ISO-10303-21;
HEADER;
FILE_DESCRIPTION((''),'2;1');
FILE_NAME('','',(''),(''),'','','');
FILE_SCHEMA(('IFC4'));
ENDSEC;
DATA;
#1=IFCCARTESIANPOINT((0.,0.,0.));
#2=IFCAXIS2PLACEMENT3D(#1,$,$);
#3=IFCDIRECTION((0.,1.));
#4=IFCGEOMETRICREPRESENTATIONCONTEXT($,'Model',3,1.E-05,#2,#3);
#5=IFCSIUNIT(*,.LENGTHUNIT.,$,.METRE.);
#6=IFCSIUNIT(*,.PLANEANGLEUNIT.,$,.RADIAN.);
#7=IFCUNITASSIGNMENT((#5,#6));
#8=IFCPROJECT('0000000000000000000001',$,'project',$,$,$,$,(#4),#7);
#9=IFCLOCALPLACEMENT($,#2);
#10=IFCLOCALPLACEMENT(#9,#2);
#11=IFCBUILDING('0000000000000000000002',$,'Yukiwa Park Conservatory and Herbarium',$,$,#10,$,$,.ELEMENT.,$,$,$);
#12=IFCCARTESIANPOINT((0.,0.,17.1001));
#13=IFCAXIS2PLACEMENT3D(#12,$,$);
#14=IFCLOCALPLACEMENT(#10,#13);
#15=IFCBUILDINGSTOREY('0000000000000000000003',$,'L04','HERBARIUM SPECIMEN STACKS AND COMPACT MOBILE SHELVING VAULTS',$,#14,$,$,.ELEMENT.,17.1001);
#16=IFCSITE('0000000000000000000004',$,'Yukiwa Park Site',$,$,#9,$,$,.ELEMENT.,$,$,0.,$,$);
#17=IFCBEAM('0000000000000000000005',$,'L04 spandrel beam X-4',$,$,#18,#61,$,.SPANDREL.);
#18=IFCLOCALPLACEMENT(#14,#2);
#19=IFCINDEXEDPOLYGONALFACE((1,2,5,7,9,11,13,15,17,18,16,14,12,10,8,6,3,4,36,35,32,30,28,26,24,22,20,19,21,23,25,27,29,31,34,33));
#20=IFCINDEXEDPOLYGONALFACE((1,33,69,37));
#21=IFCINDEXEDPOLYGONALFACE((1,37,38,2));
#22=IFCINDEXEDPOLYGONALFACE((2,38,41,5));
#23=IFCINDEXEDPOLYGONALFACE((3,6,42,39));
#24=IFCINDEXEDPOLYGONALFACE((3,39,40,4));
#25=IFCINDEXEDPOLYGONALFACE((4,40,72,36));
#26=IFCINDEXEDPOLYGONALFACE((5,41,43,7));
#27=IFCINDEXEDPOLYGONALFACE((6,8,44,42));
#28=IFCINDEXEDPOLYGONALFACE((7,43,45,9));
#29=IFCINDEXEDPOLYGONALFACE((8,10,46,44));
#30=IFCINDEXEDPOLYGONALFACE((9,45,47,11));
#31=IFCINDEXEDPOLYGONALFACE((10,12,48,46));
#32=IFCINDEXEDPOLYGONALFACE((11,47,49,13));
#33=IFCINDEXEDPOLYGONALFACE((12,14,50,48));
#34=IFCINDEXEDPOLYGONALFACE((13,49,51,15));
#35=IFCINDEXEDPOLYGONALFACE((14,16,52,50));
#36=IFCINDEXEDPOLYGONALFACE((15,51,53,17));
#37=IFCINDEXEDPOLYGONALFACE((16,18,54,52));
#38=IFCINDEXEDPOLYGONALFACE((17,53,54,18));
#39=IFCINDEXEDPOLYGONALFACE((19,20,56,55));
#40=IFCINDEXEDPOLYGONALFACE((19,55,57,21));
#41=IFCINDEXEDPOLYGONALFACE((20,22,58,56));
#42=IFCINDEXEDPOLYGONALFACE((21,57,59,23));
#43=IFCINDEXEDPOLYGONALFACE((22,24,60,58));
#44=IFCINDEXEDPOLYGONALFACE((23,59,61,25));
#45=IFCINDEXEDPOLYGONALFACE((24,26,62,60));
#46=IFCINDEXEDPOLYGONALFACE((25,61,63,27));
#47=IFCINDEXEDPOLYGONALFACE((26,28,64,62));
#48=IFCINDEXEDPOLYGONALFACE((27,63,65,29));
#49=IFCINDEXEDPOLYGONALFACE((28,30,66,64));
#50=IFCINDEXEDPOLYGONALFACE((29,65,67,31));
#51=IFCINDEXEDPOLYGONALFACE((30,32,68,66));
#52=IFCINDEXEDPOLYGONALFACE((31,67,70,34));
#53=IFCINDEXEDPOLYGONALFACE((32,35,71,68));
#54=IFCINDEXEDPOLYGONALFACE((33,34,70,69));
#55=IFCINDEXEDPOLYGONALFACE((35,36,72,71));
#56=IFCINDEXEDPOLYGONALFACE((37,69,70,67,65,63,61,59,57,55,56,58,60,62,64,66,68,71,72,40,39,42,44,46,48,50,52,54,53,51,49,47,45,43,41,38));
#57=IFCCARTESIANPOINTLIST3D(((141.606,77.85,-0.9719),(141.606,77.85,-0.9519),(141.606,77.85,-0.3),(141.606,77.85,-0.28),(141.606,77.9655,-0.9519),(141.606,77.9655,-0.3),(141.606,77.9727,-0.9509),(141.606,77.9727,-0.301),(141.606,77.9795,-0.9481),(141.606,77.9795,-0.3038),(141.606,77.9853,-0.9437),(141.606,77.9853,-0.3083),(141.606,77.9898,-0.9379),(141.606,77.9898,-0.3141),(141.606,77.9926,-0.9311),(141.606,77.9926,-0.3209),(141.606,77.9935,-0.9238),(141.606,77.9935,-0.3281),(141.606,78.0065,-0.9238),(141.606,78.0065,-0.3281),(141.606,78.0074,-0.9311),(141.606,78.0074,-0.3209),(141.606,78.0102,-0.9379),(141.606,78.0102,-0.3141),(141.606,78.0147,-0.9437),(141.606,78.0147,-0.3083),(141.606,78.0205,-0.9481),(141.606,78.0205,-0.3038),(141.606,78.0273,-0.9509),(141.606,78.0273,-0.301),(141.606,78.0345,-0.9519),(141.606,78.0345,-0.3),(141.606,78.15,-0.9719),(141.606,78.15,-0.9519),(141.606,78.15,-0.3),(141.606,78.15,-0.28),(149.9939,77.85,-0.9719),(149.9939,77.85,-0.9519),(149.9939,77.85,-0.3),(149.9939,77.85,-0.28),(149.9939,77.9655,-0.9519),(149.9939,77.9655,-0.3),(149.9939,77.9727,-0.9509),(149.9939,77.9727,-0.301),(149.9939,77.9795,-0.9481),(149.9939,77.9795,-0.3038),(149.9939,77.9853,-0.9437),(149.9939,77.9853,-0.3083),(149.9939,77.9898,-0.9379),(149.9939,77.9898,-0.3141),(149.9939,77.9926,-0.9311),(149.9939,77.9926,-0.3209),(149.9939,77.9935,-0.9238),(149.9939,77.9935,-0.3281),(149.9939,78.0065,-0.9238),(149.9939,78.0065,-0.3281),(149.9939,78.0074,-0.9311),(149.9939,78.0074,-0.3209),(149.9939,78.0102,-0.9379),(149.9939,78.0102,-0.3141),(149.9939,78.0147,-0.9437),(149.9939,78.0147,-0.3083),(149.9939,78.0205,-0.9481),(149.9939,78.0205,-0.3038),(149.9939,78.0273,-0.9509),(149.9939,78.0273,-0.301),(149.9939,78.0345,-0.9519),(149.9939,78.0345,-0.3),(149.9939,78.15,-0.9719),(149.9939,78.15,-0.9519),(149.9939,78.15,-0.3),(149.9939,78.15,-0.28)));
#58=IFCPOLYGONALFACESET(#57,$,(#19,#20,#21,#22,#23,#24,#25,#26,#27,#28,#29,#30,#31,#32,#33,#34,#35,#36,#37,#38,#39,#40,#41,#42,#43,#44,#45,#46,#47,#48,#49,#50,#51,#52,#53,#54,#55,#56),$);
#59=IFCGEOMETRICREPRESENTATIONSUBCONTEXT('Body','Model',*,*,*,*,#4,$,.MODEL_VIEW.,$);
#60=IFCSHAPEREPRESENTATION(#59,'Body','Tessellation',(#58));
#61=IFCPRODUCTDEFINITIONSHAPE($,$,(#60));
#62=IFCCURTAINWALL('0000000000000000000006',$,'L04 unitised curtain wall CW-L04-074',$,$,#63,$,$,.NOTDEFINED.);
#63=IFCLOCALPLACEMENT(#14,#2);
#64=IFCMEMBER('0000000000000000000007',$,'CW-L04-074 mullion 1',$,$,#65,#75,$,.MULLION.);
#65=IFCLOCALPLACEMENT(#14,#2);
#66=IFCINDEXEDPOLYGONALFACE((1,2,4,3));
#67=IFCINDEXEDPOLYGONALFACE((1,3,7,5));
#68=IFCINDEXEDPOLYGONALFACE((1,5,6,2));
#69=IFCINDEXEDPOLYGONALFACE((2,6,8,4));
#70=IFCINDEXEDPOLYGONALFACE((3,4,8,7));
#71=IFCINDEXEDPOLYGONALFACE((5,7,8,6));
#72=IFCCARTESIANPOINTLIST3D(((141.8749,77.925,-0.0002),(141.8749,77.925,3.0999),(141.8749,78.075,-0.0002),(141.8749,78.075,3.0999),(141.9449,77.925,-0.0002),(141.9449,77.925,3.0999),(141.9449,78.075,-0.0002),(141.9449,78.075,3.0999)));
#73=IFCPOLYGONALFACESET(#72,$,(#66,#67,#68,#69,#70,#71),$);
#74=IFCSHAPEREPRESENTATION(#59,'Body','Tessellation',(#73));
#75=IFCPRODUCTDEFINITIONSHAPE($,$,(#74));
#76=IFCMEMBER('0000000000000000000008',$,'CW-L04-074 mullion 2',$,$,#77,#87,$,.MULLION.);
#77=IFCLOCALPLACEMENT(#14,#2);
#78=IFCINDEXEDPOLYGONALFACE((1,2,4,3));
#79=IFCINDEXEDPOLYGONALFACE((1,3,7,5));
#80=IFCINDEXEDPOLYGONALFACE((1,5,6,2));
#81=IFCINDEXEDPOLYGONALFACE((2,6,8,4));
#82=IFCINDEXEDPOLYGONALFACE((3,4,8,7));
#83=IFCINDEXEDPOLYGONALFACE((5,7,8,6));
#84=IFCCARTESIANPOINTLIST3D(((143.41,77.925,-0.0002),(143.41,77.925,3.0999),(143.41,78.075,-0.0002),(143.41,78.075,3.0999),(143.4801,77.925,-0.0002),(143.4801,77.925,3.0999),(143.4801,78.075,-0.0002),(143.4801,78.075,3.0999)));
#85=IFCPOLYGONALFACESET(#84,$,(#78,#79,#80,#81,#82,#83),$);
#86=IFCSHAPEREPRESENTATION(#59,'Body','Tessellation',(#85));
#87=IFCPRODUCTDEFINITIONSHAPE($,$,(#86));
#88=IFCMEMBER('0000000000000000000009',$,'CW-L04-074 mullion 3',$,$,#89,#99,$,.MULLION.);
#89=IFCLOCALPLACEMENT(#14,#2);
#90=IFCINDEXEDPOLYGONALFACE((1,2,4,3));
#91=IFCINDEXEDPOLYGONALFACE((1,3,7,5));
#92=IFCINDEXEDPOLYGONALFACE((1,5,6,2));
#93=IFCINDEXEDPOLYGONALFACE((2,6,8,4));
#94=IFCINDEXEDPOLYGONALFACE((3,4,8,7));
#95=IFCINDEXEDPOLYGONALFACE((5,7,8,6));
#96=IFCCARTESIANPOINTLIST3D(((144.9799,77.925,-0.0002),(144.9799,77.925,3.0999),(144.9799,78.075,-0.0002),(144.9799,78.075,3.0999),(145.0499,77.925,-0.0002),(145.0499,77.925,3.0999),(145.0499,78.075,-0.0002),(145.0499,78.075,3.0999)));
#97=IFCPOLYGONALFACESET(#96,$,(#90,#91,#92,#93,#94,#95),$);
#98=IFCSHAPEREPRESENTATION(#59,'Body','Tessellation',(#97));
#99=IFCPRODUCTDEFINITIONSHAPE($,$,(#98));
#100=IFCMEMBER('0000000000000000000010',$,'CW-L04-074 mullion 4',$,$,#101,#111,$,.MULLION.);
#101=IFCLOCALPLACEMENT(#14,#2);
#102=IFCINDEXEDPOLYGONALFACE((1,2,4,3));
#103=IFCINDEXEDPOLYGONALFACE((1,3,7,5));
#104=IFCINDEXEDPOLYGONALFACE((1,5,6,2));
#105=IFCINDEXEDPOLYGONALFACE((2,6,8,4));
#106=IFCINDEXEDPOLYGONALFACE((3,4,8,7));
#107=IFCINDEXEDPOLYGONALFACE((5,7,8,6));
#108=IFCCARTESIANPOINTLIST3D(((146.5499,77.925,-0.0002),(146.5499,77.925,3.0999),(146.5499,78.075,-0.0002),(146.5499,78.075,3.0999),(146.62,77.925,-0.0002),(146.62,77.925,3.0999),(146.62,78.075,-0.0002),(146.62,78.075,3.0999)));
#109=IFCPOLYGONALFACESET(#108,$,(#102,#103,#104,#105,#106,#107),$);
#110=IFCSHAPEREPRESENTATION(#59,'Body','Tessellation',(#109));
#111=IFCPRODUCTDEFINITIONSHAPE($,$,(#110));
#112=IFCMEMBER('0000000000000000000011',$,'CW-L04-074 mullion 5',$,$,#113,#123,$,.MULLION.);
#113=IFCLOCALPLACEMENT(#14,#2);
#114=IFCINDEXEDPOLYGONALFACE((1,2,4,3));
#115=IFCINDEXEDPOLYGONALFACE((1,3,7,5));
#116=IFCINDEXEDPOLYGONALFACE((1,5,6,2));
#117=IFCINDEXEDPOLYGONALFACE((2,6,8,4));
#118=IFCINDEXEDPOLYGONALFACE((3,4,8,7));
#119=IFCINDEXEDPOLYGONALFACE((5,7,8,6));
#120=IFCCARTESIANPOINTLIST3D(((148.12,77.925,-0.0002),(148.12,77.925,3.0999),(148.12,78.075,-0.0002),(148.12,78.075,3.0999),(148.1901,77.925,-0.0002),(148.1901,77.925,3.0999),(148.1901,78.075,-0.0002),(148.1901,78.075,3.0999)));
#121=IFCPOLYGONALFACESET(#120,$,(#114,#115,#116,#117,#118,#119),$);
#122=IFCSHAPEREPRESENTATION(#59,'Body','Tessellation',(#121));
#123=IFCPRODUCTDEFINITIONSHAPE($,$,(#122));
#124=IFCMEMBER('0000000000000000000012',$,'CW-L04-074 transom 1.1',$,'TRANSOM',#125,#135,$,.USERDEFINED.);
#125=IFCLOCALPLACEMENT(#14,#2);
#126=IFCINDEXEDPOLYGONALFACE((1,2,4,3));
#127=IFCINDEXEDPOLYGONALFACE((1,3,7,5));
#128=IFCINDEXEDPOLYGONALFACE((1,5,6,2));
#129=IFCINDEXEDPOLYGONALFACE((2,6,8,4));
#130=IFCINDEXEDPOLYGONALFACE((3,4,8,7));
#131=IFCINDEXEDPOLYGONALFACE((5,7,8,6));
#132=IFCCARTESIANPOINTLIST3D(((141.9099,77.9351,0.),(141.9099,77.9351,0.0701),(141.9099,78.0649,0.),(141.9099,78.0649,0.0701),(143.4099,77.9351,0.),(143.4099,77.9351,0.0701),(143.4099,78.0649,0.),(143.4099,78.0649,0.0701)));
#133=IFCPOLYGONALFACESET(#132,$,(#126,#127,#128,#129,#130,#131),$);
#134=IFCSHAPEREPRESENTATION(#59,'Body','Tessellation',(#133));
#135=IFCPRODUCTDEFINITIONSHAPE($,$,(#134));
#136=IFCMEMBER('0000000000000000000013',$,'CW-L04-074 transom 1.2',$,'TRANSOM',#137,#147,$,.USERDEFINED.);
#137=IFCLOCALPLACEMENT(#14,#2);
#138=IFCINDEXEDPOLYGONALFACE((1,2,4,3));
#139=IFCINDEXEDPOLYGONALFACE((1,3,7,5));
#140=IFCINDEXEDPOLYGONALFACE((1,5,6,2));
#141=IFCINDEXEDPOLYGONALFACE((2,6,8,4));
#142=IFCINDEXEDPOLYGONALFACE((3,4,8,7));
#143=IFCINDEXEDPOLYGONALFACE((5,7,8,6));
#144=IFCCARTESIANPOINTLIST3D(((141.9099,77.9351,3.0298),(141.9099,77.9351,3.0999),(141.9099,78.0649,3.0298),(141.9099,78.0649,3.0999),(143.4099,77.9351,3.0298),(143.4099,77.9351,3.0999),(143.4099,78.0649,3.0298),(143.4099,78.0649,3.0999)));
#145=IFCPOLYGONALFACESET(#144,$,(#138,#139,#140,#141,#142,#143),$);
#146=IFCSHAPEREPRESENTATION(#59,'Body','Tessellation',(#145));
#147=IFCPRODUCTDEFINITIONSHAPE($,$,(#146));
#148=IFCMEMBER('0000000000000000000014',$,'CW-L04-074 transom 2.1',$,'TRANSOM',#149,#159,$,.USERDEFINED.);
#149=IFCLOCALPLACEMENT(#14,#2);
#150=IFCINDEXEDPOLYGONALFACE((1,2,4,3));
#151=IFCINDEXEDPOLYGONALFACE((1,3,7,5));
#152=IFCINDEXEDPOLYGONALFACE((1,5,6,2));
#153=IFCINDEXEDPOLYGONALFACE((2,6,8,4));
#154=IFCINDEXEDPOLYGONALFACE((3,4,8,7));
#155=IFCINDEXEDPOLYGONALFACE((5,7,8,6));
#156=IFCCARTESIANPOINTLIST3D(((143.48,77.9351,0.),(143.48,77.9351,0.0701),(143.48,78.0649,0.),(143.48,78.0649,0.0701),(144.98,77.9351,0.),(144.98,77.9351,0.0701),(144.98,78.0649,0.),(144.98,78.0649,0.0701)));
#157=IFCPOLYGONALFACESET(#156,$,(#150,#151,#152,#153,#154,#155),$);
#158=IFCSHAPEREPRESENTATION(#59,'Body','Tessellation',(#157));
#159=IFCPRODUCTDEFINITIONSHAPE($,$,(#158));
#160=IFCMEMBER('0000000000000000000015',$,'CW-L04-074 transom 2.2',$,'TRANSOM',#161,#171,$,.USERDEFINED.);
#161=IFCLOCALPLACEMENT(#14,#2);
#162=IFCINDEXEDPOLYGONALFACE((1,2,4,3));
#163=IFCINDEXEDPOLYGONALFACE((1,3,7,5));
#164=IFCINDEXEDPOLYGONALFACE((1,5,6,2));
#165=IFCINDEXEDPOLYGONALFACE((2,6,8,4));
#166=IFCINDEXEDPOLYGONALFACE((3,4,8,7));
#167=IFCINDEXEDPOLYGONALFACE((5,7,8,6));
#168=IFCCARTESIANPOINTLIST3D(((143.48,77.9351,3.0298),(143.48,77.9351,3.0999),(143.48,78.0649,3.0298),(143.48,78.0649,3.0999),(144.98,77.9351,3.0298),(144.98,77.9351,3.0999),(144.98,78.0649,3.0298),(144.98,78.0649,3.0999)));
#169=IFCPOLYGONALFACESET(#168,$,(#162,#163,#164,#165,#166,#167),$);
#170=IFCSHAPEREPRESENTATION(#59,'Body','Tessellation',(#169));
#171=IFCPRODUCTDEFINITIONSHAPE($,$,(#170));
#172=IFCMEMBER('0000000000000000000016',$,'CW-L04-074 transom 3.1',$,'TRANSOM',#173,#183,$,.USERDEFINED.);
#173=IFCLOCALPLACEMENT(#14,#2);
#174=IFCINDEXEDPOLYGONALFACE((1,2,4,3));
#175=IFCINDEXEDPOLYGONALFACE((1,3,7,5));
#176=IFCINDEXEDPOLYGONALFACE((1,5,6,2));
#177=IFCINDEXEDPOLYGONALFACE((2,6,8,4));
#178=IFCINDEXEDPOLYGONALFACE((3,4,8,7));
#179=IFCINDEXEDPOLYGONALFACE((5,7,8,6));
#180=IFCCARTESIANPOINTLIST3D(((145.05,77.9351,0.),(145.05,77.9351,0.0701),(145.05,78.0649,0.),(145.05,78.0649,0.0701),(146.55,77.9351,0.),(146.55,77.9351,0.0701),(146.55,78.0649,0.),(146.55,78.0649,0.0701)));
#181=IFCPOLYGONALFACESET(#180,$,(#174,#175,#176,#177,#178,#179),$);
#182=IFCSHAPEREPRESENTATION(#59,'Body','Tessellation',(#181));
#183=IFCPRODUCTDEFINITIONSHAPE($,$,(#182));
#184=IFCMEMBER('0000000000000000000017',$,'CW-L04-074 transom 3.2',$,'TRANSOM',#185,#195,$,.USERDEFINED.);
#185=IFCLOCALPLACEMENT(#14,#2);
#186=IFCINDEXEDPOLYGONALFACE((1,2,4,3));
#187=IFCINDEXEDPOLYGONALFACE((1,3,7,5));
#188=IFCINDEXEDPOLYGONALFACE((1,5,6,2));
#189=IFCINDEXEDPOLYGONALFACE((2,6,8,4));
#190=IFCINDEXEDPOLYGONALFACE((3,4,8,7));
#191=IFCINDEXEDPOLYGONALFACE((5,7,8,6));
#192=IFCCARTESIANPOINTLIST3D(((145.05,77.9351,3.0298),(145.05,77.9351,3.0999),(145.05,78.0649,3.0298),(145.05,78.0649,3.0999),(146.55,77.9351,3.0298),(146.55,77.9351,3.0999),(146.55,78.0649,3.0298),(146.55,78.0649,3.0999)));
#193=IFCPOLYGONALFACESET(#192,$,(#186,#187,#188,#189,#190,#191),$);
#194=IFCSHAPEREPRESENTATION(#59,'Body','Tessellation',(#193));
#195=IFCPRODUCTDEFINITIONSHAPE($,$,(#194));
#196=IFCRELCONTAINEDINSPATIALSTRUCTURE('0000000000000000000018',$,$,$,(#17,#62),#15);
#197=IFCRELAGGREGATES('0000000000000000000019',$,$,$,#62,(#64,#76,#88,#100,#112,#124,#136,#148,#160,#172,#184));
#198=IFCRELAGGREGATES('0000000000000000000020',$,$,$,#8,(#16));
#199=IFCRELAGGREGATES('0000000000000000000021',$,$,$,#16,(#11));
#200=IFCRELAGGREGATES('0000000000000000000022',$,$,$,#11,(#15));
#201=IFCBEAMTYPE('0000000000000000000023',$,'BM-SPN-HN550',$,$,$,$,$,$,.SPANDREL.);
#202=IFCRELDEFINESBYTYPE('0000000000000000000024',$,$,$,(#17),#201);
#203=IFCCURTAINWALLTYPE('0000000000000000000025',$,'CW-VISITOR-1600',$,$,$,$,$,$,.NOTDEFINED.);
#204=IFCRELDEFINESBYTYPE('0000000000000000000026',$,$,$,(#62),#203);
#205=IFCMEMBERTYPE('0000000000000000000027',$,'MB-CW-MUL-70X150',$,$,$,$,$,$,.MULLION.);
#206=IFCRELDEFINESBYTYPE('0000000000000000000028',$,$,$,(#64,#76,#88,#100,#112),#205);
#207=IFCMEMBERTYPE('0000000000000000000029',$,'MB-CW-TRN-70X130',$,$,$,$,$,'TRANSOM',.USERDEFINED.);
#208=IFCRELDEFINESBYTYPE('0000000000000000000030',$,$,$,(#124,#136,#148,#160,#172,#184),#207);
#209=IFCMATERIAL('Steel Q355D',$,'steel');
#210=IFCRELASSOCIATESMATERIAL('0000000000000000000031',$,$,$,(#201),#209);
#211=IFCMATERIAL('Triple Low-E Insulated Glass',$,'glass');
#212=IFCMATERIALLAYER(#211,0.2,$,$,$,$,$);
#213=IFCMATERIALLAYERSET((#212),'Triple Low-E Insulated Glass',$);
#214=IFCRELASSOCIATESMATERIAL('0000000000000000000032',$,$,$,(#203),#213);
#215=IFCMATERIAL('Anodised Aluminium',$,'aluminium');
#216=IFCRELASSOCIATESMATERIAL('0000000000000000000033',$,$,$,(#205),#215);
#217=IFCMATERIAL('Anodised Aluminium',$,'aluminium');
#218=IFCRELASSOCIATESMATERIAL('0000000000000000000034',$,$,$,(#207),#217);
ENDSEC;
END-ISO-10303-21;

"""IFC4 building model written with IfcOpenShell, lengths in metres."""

from ifc_helpers import new_model, si_unit, direction, frame, origin, origin_2d, place, context, subcontext, project, spatial, rectangle, i_section, extrude, material, layer, layer_set, material_profile, profile_set, type_object, element, aggregate, save


model = new_model("IFC4")

# Units and contexts
model_context = context("Model", 3, precision=1e-05, world=origin(), true_north=direction((0.0, 1.0)))
body_context = subcontext(model_context, "Body", "Model", "MODEL_VIEW")
ifc_project = project(units=[si_unit("LENGTHUNIT", "METRE"), si_unit("PLANEANGLEUNIT", "RADIAN")], contexts=[model_context])

# Site, building, storey
site_placement = place(None, origin())
site = spatial("IfcSite", under=ifc_project, at=site_placement, Name="Yukiwa Park Site", CompositionType="ELEMENT", RefElevation=0.0)
building_placement = place(site_placement, origin())
building = spatial("IfcBuilding", under=site, at=building_placement, Name="Yukiwa Park Conservatory and Herbarium", CompositionType="ELEMENT")
storey_placement = place(building_placement, frame((0.0, 0.0, 17.1001)))
storey = spatial("IfcBuildingStorey", under=building, at=storey_placement, Name="L04", Description="HERBARIUM SPECIMEN STACKS AND COMPACT MOBILE SHELVING VAULTS", CompositionType="ELEMENT", Elevation=17.1001)

# Beam
ifc_material_1 = material(Name="Steel Q355D", Category="steel")
ifc_material_profile = material_profile(ifc_material_1, i_section(OverallWidth=0.3, OverallDepth=0.6919, WebThickness=0.0129, FlangeThickness=0.02, FilletRadius=0.0281, at=origin_2d()), Name="HN 692x300x13x20")
ifc_profile_set = profile_set([ifc_material_profile], Name="Steel Q355D")
beam_type = type_object("IfcBeamType", Name="BM-SPN-HN550", PredefinedType="SPANDREL", material=ifc_profile_set)
beam_placement = place(storey_placement, frame((141.606, 78.0, -0.626), z_axis=(1.0, 0.0, 0.0), x_axis=(0.0, 1.0, 0.0)))
element("IfcBeam", 1, at=beam_placement, inside=storey, type_object=beam_type, Name="L04 spandrel beam X-4", PredefinedType="SPANDREL", context=body_context, shape_type="SweptSolid", body=[
    extrude(i_section(OverallWidth=0.3, OverallDepth=0.6919, WebThickness=0.0129, FlangeThickness=0.02, FilletRadius=0.0281, at=origin_2d()), origin(), (0.0, 0.0, 1.0), 8.3879),
])

# Curtain wall, members
ifc_material_2 = material(Name="Triple Low-E Insulated Glass", Category="glass")
ifc_layer_1 = layer(ifc_material_2, 0.2)
ifc_layer_set_1 = layer_set([ifc_layer_1], Name="Triple Low-E Insulated Glass")
curtain_wall_type = type_object("IfcCurtainWallType", Name="CW-VISITOR-1600", PredefinedType="NOTDEFINED", material=ifc_layer_set_1)
curtain_wall_placement = place(storey_placement, origin())
curtain_wall = element("IfcCurtainWall", 2, at=curtain_wall_placement, inside=storey, type_object=curtain_wall_type, Name="L04 unitised curtain wall CW-L04-074", PredefinedType="NOTDEFINED")
ifc_material_3 = material(Name="Anodised Aluminium", Category="aluminium")
member_type_1 = type_object("IfcMemberType", Name="MB-CW-MUL-70X150", PredefinedType="MULLION", material=ifc_material_3)
member_1_placement = place(storey_placement, frame((141.9099, 78.0, -0.0002), z_axis=(0.0, 0.0, 1.0), x_axis=(1.0, 0.0, 0.0)))
member_1 = element("IfcMember", 3, at=member_1_placement, type_object=member_type_1, Name="CW-L04-074 mullion 1", PredefinedType="MULLION", context=body_context, shape_type="SweptSolid", body=[
    extrude(rectangle(XDim=0.0701, YDim=0.1499, at=origin_2d()), origin(), (0.0, 0.0, 1.0), 3.1001),
])
member_2_placement = place(storey_placement, frame((143.4451, 78.0, -0.0002), z_axis=(0.0, 0.0, 1.0), x_axis=(1.0, 0.0, 0.0)))
member_2 = element("IfcMember", 4, at=member_2_placement, type_object=member_type_1, Name="CW-L04-074 mullion 2", PredefinedType="MULLION", context=body_context, shape_type="SweptSolid", body=[
    extrude(rectangle(XDim=0.0701, YDim=0.1499, at=origin_2d()), origin(), (0.0, 0.0, 1.0), 3.1001),
])
member_3_placement = place(storey_placement, frame((145.0149, 78.0, -0.0002), z_axis=(0.0, 0.0, 1.0), x_axis=(1.0, 0.0, 0.0)))
member_3 = element("IfcMember", 5, at=member_3_placement, type_object=member_type_1, Name="CW-L04-074 mullion 3", PredefinedType="MULLION", context=body_context, shape_type="SweptSolid", body=[
    extrude(rectangle(XDim=0.0701, YDim=0.1499, at=origin_2d()), origin(), (0.0, 0.0, 1.0), 3.1001),
])
member_4_placement = place(storey_placement, frame((146.585, 78.0, -0.0002), z_axis=(0.0, 0.0, 1.0), x_axis=(1.0, 0.0, 0.0)))
member_4 = element("IfcMember", 6, at=member_4_placement, type_object=member_type_1, Name="CW-L04-074 mullion 4", PredefinedType="MULLION", context=body_context, shape_type="SweptSolid", body=[
    extrude(rectangle(XDim=0.0701, YDim=0.1499, at=origin_2d()), origin(), (0.0, 0.0, 1.0), 3.1001),
])
member_5_placement = place(storey_placement, frame((148.155, 78.0, -0.0002), z_axis=(0.0, 0.0, 1.0), x_axis=(1.0, 0.0, 0.0)))
member_5 = element("IfcMember", 7, at=member_5_placement, type_object=member_type_1, Name="CW-L04-074 mullion 5", PredefinedType="MULLION", context=body_context, shape_type="SweptSolid", body=[
    extrude(rectangle(XDim=0.0701, YDim=0.1499, at=origin_2d()), origin(), (0.0, 0.0, 1.0), 3.1001),
])
ifc_material_4 = material(Name="Anodised Aluminium", Category="aluminium")
member_type_2 = type_object("IfcMemberType", Name="MB-CW-TRN-70X130", ElementType="TRANSOM", PredefinedType="USERDEFINED", material=ifc_material_4)
member_6_placement = place(storey_placement, frame((142.6599, 78.0, 0.0), z_axis=(0.0, 0.0, 1.0), x_axis=(1.0, 0.0, 0.0)))
member_6 = element("IfcMember", 8, at=member_6_placement, type_object=member_type_2, Name="CW-L04-074 transom 1.1", ObjectType="TRANSOM", PredefinedType="USERDEFINED", context=body_context, shape_type="SweptSolid", body=[
    extrude(rectangle(XDim=1.5, YDim=0.1299, at=origin_2d()), origin(), (0.0, 0.0, 1.0), 0.0701),
])
member_7_placement = place(storey_placement, frame((142.6599, 78.0, 3.0298), z_axis=(0.0, 0.0, 1.0), x_axis=(1.0, 0.0, 0.0)))
member_7 = element("IfcMember", 9, at=member_7_placement, type_object=member_type_2, Name="CW-L04-074 transom 1.2", ObjectType="TRANSOM", PredefinedType="USERDEFINED", context=body_context, shape_type="SweptSolid", body=[
    extrude(rectangle(XDim=1.5, YDim=0.1299, at=origin_2d()), origin(), (0.0, 0.0, 1.0), 0.0701),
])
member_8_placement = place(storey_placement, frame((144.23, 78.0, 0.0), z_axis=(0.0, 0.0, 1.0), x_axis=(1.0, 0.0, 0.0)))
member_8 = element("IfcMember", 10, at=member_8_placement, type_object=member_type_2, Name="CW-L04-074 transom 2.1", ObjectType="TRANSOM", PredefinedType="USERDEFINED", context=body_context, shape_type="SweptSolid", body=[
    extrude(rectangle(XDim=1.5, YDim=0.1299, at=origin_2d()), origin(), (0.0, 0.0, 1.0), 0.0701),
])
member_9_placement = place(storey_placement, frame((144.23, 78.0, 3.0298), z_axis=(0.0, 0.0, 1.0), x_axis=(1.0, 0.0, 0.0)))
member_9 = element("IfcMember", 11, at=member_9_placement, type_object=member_type_2, Name="CW-L04-074 transom 2.2", ObjectType="TRANSOM", PredefinedType="USERDEFINED", context=body_context, shape_type="SweptSolid", body=[
    extrude(rectangle(XDim=1.5, YDim=0.1299, at=origin_2d()), origin(), (0.0, 0.0, 1.0), 0.0701),
])
member_10_placement = place(storey_placement, frame((145.8, 78.0, 0.0), z_axis=(0.0, 0.0, 1.0), x_axis=(1.0, 0.0, 0.0)))
member_10 = element("IfcMember", 12, at=member_10_placement, type_object=member_type_2, Name="CW-L04-074 transom 3.1", ObjectType="TRANSOM", PredefinedType="USERDEFINED", context=body_context, shape_type="SweptSolid", body=[
    extrude(rectangle(XDim=1.5, YDim=0.1299, at=origin_2d()), origin(), (0.0, 0.0, 1.0), 0.0701),
])
member_11_placement = place(storey_placement, frame((145.8, 78.0, 3.0298), z_axis=(0.0, 0.0, 1.0), x_axis=(1.0, 0.0, 0.0)))
member_11 = element("IfcMember", 13, at=member_11_placement, type_object=member_type_2, Name="CW-L04-074 transom 3.2", ObjectType="TRANSOM", PredefinedType="USERDEFINED", context=body_context, shape_type="SweptSolid", body=[
    extrude(rectangle(XDim=1.5, YDim=0.1299, at=origin_2d()), origin(), (0.0, 0.0, 1.0), 0.0701),
])
aggregate(curtain_wall, [member_1, member_2, member_3, member_4, member_5, member_6, member_7, member_8, member_9, member_10, member_11])

save(model, "model.ifc")
